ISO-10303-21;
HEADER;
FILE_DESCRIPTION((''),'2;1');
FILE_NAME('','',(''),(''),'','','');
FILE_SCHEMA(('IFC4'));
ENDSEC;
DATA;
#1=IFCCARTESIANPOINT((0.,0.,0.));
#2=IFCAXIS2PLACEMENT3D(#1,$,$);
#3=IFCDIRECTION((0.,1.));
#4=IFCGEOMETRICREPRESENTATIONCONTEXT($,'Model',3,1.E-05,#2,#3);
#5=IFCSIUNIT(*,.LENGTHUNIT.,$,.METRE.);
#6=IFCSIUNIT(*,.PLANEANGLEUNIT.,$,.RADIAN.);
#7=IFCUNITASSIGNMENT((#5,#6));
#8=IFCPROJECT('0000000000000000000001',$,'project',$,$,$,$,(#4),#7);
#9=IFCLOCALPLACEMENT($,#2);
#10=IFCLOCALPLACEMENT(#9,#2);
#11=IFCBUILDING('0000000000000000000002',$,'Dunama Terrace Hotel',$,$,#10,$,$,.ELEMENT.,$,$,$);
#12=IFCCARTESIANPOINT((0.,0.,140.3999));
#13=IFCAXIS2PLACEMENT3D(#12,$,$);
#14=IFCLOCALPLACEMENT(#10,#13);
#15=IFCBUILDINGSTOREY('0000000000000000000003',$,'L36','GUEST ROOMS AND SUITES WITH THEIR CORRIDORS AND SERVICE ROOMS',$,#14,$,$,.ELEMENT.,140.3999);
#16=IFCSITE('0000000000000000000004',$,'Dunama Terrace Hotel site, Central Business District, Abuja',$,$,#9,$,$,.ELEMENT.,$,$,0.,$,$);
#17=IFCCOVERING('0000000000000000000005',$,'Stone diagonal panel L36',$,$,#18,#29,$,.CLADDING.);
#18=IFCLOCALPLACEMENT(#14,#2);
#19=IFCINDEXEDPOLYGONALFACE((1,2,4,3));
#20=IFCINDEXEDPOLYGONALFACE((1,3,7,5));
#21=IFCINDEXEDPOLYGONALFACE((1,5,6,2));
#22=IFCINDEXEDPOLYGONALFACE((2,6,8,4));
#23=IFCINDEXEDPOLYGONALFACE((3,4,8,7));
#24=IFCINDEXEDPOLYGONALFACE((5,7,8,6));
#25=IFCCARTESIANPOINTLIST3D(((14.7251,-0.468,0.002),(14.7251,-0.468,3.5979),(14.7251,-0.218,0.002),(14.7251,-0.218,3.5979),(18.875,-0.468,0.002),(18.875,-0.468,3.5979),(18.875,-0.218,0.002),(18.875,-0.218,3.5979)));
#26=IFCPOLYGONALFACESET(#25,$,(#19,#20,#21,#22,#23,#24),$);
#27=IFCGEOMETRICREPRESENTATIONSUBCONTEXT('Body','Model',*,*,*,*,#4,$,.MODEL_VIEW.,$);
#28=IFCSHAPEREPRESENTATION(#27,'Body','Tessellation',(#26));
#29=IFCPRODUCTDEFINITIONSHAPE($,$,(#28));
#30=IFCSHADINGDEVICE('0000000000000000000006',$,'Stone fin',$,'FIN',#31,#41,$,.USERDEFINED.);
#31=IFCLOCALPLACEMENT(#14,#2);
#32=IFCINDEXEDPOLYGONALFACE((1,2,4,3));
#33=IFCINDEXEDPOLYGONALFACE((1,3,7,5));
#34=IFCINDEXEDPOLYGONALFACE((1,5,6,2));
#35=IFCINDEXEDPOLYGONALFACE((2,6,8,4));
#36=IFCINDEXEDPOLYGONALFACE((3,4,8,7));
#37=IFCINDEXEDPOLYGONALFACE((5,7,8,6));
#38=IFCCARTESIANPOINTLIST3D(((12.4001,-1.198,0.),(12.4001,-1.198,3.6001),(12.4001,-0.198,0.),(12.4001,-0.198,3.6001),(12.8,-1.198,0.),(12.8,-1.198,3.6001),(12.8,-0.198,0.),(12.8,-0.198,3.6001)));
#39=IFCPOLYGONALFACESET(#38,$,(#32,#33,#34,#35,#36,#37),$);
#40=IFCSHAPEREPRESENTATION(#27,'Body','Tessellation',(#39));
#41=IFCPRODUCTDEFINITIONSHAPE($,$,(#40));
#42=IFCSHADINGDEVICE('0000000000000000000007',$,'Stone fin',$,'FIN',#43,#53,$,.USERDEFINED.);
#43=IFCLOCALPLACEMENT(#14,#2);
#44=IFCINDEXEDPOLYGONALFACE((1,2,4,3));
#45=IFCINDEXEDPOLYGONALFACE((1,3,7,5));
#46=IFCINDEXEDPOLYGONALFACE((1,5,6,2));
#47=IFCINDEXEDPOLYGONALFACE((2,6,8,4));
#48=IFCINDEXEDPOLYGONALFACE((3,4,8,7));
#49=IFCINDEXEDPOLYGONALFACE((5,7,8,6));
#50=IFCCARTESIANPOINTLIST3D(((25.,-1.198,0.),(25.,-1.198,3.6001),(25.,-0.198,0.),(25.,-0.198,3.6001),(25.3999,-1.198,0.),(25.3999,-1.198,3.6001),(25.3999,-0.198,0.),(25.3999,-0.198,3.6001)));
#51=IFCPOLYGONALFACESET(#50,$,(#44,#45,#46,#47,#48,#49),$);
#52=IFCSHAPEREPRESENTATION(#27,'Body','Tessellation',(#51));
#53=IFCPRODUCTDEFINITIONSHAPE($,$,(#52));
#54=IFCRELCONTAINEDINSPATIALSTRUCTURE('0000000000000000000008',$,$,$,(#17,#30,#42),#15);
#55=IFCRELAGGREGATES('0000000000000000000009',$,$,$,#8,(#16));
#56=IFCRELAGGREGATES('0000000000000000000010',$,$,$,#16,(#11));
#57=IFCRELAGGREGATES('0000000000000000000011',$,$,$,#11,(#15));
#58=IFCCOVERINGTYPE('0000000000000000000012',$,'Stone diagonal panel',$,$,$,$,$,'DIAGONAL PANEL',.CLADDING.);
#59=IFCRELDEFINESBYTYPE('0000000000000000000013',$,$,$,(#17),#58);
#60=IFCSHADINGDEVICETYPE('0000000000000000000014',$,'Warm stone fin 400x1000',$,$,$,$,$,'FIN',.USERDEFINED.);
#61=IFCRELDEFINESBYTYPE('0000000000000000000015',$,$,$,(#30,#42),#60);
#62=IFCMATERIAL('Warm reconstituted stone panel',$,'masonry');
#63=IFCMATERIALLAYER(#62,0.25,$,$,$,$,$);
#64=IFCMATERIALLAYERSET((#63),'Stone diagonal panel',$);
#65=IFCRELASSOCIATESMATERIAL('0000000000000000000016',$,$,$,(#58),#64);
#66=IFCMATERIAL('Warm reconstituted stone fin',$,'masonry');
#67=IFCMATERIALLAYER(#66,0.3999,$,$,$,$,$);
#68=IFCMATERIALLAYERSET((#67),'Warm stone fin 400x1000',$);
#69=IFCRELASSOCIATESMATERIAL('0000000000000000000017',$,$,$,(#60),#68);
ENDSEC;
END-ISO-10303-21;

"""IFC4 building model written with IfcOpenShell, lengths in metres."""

from ifc_helpers import new_model, si_unit, direction, frame, origin, origin_2d, place, context, subcontext, project, spatial, rectangle, extrude, material, layer, layer_set, type_object, element, save


model = new_model("IFC4")

# Units and contexts
model_context = context("Model", 3, precision=1e-05, world=origin(), true_north=direction((0.0, 1.0)))
body_context = subcontext(model_context, "Body", "Model", "MODEL_VIEW")
ifc_project = project(units=[si_unit("LENGTHUNIT", "METRE"), si_unit("PLANEANGLEUNIT", "RADIAN")], contexts=[model_context])

# Site, building, storey
site_placement = place(None, origin())
site = spatial("IfcSite", under=ifc_project, at=site_placement, Name="Dunama Terrace Hotel site, Central Business District, Abuja", CompositionType="ELEMENT", RefElevation=0.0)
building_placement = place(site_placement, origin())
building = spatial("IfcBuilding", under=site, at=building_placement, Name="Dunama Terrace Hotel", CompositionType="ELEMENT")
storey_placement = place(building_placement, frame((0.0, 0.0, 140.3999)))
storey = spatial("IfcBuildingStorey", under=building, at=storey_placement, Name="L36", Description="GUEST ROOMS AND SUITES WITH THEIR CORRIDORS AND SERVICE ROOMS", CompositionType="ELEMENT", Elevation=140.3999)

# Covering
ifc_material_1 = material(Name="Warm reconstituted stone panel", Category="masonry")
ifc_layer_1 = layer(ifc_material_1, 0.25)
ifc_layer_set_1 = layer_set([ifc_layer_1], Name="Stone diagonal panel")
covering_type = type_object("IfcCoveringType", Name="Stone diagonal panel", ElementType="DIAGONAL PANEL", PredefinedType="CLADDING", material=ifc_layer_set_1)
covering_placement = place(storey_placement, frame((16.8, -0.343, 0.002), z_axis=(0.0, 0.0, 1.0), x_axis=(1.0, 0.0, 0.0)))
element("IfcCovering", 1, at=covering_placement, inside=storey, type_object=covering_type, Name="Stone diagonal panel L36", PredefinedType="CLADDING", context=body_context, shape_type="SweptSolid", body=[
    extrude(rectangle(XDim=4.1499, YDim=0.25, at=origin_2d()), origin(), (0.0, 0.0, 1.0), 3.5959),
])

# Shading devices
ifc_material_2 = material(Name="Warm reconstituted stone fin", Category="masonry")
ifc_layer_2 = layer(ifc_material_2, 0.3999)
ifc_layer_set_2 = layer_set([ifc_layer_2], Name="Warm stone fin 400x1000")
shading_device_type = type_object("IfcShadingDeviceType", Name="Warm stone fin 400x1000", ElementType="FIN", PredefinedType="USERDEFINED", material=ifc_layer_set_2)
for number, where, z_axis, x_axis, name in (
    (2, (12.6001, -0.698, 0.0), (0.0, 0.0, 1.0), (1.0, 0.0, 0.0), "Stone fin"),
    (3, (25.2, -0.698, 0.0), (0.0, 0.0, 1.0), (1.0, 0.0, 0.0), "Stone fin"),
):
    element("IfcShadingDevice", number, at=place(storey_placement, frame(where, z_axis=z_axis, x_axis=x_axis)), inside=storey, type_object=shading_device_type, Name=name, ObjectType="FIN", PredefinedType="USERDEFINED", context=body_context, shape_type="SweptSolid", body=[
        extrude(rectangle(XDim=0.3999, YDim=1.0, at=origin_2d()), origin(), (0.0, 0.0, 1.0), 3.6001),
    ])

save(model, "model.ifc")
